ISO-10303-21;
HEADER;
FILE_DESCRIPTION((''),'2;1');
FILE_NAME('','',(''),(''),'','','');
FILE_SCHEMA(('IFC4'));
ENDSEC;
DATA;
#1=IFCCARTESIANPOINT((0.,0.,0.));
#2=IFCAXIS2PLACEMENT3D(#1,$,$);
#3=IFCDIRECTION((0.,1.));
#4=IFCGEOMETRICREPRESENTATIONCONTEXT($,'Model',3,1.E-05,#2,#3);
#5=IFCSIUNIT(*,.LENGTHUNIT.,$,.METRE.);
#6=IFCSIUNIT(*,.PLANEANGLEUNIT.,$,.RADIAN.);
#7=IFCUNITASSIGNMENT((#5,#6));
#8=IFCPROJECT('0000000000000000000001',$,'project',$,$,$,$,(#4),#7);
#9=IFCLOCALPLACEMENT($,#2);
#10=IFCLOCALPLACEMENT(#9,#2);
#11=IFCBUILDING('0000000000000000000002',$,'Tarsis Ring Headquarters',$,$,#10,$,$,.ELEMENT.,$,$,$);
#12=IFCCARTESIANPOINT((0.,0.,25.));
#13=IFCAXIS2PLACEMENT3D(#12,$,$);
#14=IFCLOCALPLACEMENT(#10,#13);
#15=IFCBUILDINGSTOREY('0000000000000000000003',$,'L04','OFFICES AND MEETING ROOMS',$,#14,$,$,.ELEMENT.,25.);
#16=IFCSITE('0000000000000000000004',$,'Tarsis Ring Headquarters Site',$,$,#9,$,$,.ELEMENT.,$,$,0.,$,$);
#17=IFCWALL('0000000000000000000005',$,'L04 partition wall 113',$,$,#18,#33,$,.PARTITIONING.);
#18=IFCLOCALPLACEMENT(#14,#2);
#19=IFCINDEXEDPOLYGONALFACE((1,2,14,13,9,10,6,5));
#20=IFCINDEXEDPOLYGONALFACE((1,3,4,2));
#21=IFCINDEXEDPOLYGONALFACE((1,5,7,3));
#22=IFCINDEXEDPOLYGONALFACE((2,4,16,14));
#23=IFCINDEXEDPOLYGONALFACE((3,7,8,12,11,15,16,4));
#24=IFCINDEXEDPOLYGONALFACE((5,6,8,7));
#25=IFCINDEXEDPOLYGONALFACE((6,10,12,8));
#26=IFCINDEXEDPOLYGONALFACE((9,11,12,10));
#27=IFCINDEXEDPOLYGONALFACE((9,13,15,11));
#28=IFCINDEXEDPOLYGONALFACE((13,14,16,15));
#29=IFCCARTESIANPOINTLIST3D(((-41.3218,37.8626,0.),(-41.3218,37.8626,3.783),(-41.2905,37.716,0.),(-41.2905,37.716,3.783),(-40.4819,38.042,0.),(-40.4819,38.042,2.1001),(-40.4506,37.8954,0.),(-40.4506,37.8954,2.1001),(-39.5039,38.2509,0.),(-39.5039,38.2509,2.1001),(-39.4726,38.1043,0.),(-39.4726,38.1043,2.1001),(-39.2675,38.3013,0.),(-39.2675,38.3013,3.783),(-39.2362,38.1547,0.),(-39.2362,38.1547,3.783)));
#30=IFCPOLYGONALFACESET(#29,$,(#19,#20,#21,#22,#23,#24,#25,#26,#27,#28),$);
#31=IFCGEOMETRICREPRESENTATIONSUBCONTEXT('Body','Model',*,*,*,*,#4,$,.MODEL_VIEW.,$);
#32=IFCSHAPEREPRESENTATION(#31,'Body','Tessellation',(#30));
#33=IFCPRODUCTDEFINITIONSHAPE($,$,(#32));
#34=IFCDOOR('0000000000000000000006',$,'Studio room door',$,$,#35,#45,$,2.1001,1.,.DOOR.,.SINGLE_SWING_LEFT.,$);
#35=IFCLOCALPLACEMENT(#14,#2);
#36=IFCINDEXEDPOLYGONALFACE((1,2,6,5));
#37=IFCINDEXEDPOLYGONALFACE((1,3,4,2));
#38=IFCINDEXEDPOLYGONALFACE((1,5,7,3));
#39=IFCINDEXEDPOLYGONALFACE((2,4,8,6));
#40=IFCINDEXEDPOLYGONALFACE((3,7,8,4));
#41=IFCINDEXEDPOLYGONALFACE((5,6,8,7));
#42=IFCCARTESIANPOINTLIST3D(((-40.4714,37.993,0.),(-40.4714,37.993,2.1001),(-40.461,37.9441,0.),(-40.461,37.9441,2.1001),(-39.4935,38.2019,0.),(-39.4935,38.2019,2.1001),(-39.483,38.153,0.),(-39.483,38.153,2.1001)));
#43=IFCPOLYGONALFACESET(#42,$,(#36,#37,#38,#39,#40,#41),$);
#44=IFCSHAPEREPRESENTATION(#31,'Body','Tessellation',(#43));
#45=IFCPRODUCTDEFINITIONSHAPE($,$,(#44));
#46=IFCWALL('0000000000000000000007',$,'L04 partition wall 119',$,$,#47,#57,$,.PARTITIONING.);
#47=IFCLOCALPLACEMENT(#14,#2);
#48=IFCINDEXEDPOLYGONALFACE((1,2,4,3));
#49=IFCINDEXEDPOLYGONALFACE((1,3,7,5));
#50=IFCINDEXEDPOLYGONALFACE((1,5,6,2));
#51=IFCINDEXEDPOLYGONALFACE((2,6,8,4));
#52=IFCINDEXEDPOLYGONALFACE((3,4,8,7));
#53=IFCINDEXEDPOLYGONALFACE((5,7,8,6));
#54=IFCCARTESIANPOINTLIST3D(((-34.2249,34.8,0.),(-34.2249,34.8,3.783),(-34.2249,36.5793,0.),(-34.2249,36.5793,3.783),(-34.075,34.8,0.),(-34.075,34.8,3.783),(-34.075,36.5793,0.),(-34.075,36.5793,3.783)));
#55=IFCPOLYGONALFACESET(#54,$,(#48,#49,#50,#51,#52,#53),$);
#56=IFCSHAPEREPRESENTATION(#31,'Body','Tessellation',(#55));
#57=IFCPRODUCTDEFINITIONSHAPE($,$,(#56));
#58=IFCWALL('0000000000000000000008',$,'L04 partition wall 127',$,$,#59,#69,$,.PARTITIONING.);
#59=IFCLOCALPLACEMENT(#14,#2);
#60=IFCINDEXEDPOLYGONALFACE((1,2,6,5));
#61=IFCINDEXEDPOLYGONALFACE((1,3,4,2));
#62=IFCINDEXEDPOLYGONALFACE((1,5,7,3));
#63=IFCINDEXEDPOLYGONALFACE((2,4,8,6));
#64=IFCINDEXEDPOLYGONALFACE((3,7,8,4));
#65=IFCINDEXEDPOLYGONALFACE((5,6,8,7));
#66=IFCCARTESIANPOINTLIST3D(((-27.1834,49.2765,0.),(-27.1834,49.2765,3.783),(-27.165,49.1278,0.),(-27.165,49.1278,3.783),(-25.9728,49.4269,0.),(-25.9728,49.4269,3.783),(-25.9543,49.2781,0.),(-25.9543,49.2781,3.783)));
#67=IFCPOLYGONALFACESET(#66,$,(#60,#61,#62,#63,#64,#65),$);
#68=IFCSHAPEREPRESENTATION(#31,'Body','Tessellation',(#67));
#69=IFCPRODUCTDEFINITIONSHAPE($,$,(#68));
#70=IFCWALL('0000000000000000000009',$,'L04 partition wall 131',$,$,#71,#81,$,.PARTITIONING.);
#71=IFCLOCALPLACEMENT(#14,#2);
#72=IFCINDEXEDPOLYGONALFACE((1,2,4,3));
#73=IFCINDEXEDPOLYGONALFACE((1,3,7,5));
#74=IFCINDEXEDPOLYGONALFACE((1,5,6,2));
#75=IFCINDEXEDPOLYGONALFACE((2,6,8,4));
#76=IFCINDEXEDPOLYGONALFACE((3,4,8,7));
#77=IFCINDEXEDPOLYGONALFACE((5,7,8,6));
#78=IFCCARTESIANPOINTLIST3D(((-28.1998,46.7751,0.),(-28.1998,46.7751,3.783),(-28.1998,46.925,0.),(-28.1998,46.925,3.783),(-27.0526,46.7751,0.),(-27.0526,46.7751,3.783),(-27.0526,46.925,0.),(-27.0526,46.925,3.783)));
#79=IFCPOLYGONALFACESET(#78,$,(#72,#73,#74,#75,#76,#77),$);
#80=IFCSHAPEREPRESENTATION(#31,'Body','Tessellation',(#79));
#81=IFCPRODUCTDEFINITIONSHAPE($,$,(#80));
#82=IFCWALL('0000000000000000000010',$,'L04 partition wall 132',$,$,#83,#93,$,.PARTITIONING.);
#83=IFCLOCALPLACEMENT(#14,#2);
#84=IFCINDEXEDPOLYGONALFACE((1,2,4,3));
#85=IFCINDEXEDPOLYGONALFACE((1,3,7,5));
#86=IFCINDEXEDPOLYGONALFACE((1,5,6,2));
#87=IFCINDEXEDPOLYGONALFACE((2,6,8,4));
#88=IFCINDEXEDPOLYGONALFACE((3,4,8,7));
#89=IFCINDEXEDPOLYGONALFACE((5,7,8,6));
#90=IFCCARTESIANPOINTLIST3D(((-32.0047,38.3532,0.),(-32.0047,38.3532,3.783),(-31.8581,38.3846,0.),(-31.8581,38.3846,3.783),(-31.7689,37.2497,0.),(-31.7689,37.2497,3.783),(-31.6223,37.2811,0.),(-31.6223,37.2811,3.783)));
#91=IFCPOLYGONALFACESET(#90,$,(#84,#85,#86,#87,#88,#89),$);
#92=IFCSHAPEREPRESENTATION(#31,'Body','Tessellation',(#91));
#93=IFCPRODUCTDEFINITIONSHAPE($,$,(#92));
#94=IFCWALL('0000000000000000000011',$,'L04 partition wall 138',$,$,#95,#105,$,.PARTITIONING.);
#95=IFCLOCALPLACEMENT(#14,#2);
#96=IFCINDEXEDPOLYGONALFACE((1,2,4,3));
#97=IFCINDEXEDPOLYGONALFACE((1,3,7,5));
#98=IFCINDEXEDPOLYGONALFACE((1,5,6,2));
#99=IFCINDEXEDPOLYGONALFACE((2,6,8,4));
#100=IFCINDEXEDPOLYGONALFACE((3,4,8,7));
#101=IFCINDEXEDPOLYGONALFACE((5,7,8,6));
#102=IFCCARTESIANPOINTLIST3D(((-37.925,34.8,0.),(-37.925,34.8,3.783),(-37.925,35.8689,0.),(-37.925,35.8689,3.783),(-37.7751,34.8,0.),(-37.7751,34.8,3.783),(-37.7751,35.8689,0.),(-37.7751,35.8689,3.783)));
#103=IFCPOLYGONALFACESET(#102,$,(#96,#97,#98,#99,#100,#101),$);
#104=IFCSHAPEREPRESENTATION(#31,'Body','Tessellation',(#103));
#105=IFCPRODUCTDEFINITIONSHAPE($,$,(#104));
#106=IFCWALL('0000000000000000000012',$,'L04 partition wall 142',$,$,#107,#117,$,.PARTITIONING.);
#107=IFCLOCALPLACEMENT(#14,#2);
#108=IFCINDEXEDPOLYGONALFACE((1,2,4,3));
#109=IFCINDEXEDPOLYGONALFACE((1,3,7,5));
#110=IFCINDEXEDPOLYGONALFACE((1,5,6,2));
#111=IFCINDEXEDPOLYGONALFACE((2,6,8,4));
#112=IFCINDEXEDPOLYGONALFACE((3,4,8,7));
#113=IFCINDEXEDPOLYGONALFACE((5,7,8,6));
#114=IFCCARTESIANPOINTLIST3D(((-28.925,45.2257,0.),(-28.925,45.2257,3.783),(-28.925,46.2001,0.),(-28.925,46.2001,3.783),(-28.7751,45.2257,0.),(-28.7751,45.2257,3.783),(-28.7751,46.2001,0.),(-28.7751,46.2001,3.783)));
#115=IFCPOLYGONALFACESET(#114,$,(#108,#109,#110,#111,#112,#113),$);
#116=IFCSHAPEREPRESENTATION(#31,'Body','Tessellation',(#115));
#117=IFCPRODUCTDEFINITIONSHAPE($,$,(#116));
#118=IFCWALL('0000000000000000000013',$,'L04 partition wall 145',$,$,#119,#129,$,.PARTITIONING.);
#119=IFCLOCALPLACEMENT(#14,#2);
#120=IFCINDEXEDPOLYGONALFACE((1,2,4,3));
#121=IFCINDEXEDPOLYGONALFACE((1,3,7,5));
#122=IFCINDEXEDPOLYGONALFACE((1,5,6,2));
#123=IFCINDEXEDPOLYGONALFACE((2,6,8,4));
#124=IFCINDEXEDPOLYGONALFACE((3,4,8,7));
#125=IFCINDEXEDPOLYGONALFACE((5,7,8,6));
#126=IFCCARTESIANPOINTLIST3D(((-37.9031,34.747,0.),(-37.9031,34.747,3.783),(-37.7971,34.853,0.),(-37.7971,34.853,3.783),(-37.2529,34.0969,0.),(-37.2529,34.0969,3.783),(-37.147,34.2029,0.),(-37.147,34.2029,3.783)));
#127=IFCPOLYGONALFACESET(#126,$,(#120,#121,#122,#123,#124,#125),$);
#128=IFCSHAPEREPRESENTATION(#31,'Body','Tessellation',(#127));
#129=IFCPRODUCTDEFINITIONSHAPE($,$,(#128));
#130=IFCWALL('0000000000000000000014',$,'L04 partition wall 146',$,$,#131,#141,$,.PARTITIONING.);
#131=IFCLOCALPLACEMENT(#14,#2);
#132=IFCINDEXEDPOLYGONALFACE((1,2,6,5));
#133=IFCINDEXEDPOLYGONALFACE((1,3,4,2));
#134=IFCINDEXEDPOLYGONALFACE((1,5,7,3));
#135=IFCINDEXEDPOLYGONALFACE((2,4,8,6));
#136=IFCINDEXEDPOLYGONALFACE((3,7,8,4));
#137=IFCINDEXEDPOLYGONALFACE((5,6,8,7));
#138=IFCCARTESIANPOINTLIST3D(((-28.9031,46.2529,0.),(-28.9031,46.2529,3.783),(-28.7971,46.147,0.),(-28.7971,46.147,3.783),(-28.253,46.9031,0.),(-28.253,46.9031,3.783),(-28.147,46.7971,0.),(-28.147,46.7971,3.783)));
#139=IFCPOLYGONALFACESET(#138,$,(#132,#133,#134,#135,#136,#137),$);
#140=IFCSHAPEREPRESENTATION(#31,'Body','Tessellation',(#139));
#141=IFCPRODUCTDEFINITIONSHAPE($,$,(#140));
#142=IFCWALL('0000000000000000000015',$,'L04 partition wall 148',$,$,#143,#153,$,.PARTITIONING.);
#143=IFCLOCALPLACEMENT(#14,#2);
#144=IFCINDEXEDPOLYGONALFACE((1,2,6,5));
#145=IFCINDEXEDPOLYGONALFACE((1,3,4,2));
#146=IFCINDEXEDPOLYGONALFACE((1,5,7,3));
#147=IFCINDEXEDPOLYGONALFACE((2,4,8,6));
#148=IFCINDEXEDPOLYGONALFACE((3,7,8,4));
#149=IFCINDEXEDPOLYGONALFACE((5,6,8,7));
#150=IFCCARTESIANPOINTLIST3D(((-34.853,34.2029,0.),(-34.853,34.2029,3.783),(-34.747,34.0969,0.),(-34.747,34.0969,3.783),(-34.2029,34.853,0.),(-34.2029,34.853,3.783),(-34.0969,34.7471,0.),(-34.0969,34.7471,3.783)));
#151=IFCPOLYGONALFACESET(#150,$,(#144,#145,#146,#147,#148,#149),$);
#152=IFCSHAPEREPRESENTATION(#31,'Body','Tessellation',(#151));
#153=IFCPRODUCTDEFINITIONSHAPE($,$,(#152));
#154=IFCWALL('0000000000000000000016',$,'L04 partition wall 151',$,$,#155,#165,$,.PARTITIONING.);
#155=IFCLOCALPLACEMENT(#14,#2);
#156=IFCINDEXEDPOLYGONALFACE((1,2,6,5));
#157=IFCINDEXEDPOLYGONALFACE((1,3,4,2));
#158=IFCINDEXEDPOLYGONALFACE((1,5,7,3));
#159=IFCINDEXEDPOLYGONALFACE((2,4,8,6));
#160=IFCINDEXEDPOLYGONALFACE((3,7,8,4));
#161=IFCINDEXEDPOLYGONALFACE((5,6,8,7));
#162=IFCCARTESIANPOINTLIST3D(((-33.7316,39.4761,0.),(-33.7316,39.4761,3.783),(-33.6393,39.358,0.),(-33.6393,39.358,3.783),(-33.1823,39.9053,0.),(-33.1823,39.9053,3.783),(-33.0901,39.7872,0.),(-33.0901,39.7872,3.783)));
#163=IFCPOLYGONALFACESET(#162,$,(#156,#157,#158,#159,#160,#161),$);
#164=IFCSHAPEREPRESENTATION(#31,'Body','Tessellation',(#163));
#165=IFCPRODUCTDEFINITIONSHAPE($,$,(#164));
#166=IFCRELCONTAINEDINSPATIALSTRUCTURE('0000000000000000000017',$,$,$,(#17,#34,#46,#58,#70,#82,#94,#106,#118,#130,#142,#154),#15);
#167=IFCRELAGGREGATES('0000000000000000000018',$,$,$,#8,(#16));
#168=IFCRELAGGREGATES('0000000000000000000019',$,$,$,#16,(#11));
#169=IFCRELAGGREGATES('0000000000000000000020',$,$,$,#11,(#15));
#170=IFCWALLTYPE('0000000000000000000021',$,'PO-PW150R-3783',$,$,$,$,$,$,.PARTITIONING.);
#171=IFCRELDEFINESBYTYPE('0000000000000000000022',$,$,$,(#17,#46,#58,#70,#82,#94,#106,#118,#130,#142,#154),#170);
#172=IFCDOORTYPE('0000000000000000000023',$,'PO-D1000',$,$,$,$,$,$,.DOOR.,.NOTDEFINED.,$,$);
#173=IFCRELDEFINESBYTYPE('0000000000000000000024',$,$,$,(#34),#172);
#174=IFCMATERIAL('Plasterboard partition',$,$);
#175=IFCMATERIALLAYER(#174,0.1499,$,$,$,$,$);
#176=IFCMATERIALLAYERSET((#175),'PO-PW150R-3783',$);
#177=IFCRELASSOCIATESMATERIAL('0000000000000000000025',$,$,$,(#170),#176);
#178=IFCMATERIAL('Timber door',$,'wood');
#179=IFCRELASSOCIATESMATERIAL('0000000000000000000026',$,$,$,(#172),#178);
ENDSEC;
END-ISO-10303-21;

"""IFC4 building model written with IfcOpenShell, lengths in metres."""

from ifc_helpers import new_model, si_unit, direction, frame, frame_2d, origin, place, context, subcontext, project, spatial, rectangle, extrude, material, layer, layer_set, type_object, element, fill, save


model = new_model("IFC4")

# Units and contexts
model_context = context("Model", 3, precision=1e-05, world=origin(), true_north=direction((0.0, 1.0)))
body_context = subcontext(model_context, "Body", "Model", "MODEL_VIEW")
ifc_project = project(units=[si_unit("LENGTHUNIT", "METRE"), si_unit("PLANEANGLEUNIT", "RADIAN")], contexts=[model_context])

# Site, building, storey
site_placement = place(None, origin())
site = spatial("IfcSite", under=ifc_project, at=site_placement, Name="Tarsis Ring Headquarters Site", CompositionType="ELEMENT", RefElevation=0.0)
building_placement = place(site_placement, origin())
building = spatial("IfcBuilding", under=site, at=building_placement, Name="Tarsis Ring Headquarters", CompositionType="ELEMENT")
storey_placement = place(building_placement, frame((0.0, 0.0, 25.0)))
storey = spatial("IfcBuildingStorey", under=building, at=storey_placement, Name="L04", Description="OFFICES AND MEETING ROOMS", CompositionType="ELEMENT", Elevation=25.0)

# Shared definitions
ifc_material_1 = material(Name="Plasterboard partition")

# Shared definitions
ifc_material_2 = material(Name="Timber door", Category="wood")

# Shared definitions
ifc_layer_1 = layer(ifc_material_1, 0.1499)
ifc_layer_set_1 = layer_set([ifc_layer_1], Name="PO-PW150R-3783")
wall_type_1 = type_object("IfcWallType", Name="PO-PW150R-3783", PredefinedType="PARTITIONING", material=ifc_layer_set_1)

# Wall, opening, door
wall_1_placement = place(storey_placement, frame((-41.3062, 37.7893, 0.0), z_axis=(0.0, 0.0, 1.0), x_axis=(0.977945, 0.208862, 0.0)))
wall_1 = element("IfcWall", 1, at=wall_1_placement, inside=storey, type_object=wall_type_1, Name="L04 partition wall 113", PredefinedType="PARTITIONING", context=body_context, shape_type="SweptSolid", body=[
    extrude(rectangle(XDim=2.1006, YDim=0.1499, at=frame_2d((1.0503, 0.0))), origin(), (0.0, 0.0, 1.0), 3.783),
])
opening_1_placement = place(wall_1_placement, frame((0.8589, 0.0, 0.0)))
opening_1 = element("IfcOpeningElement", 2, at=opening_1_placement, cuts=wall_1, PredefinedType="OPENING", context=body_context, shape_type="SweptSolid", body=[
    extrude(rectangle(XDim=1.0, YDim=2.1001, at=frame_2d((0.5, 1.05))), frame((0.0, 0.085, 0.0), z_axis=(0.0, -1.0, 0.0), x_axis=(1.0, 0.0, 0.0)), (0.0, 0.0, 1.0), 0.1699),
])
door_type_1 = type_object("IfcDoorType", Name="PO-D1000", OperationType="NOTDEFINED", PredefinedType="DOOR", material=ifc_material_2)
door_1_placement = place(opening_1_placement, origin())
door_1 = element("IfcDoor", 3, at=door_1_placement, inside=storey, type_object=door_type_1, Name="Studio room door", OperationType="SINGLE_SWING_LEFT", OverallHeight=2.1001, OverallWidth=1.0, PredefinedType="DOOR", context=body_context, shape_type="SweptSolid", body=[
    extrude(rectangle(XDim=1.0, YDim=2.1001, at=frame_2d((0.5, 1.05))), frame((0.0, 0.0249, 0.0), z_axis=(0.0, -1.0, 0.0), x_axis=(1.0, 0.0, 0.0)), (0.0, 0.0, 1.0), 0.05),
])
fill(opening_1, door_1)

# Walls
wall_2_placement = place(storey_placement, frame((-34.1499, 36.5793, 0.0), z_axis=(0.0, 0.0, 1.0), x_axis=(0.0, -1.0, 0.0)))
element("IfcWall", 4, at=wall_2_placement, inside=storey, type_object=wall_type_1, Name="L04 partition wall 119", PredefinedType="PARTITIONING", context=body_context, shape_type="SweptSolid", body=[
    extrude(rectangle(XDim=1.7793, YDim=0.1499, at=frame_2d((0.8896, 0.0))), origin(), (0.0, 0.0, 1.0), 3.783),
])
wall_3_placement = place(storey_placement, frame((-27.1741, 49.2021, 0.0), z_axis=(0.0, 0.0, 1.0), x_axis=(0.992373, 0.123271, 0.0)))
element("IfcWall", 5, at=wall_3_placement, inside=storey, type_object=wall_type_1, Name="L04 partition wall 127", PredefinedType="PARTITIONING", context=body_context, shape_type="SweptSolid", body=[
    extrude(rectangle(XDim=1.22, YDim=0.1499, at=frame_2d((0.6099, 0.0))), origin(), (0.0, 0.0, 1.0), 3.783),
])
wall_4_placement = place(storey_placement, frame((-28.2, 46.8501, 0.0), z_axis=(0.0, 0.0, 1.0), x_axis=(1.0, 0.0, 0.0)))
element("IfcWall", 6, at=wall_4_placement, inside=storey, type_object=wall_type_1, Name="L04 partition wall 131", PredefinedType="PARTITIONING", context=body_context, shape_type="SweptSolid", body=[
    extrude(rectangle(XDim=1.1472, YDim=0.1499, at=frame_2d((0.5737, 0.0))), origin(), (0.0, 0.0, 1.0), 3.783),
])
wall_5_placement = place(storey_placement, frame((-31.9314, 38.3689, 0.0), z_axis=(0.0, 0.0, 1.0), x_axis=(0.208997, -0.977916, 0.0)))
element("IfcWall", 7, at=wall_5_placement, inside=storey, type_object=wall_type_1, Name="L04 partition wall 132", PredefinedType="PARTITIONING", context=body_context, shape_type="SweptSolid", body=[
    extrude(rectangle(XDim=1.1284, YDim=0.1499, at=frame_2d((0.5642, 0.0))), origin(), (0.0, 0.0, 1.0), 3.783),
])
wall_6_placement = place(storey_placement, frame((-37.8501, 34.8, 0.0), z_axis=(0.0, 0.0, 1.0), x_axis=(0.0, 1.0, 0.0)))
element("IfcWall", 8, at=wall_6_placement, inside=storey, type_object=wall_type_1, Name="L04 partition wall 138", PredefinedType="PARTITIONING", context=body_context, shape_type="SweptSolid", body=[
    extrude(rectangle(XDim=1.0688, YDim=0.1499, at=frame_2d((0.5344, 0.0))), origin(), (0.0, 0.0, 1.0), 3.783),
])
wall_7_placement = place(storey_placement, frame((-28.8501, 45.2256, 0.0), z_axis=(0.0, 0.0, 1.0), x_axis=(0.0, 1.0, 0.0)))
element("IfcWall", 9, at=wall_7_placement, inside=storey, type_object=wall_type_1, Name="L04 partition wall 142", PredefinedType="PARTITIONING", context=body_context, shape_type="SweptSolid", body=[
    extrude(rectangle(XDim=0.9744, YDim=0.1499, at=frame_2d((0.4873, 0.0))), origin(), (0.0, 0.0, 1.0), 3.783),
])
for number, where, z_axis, x_axis, name in (
    (10, (-37.2, 34.1499, 0.0), (0.0, 0.0, 1.0), (-0.707107, 0.707107, 0.0), "L04 partition wall 145"),
    (11, (-28.8501, 46.2, 0.0), (0.0, 0.0, 1.0), (0.707107, 0.707107, 0.0), "L04 partition wall 146"),
    (12, (-34.1499, 34.8, 0.0), (0.0, 0.0, 1.0), (-0.707107, -0.707107, 0.0), "L04 partition wall 148"),
):
    element("IfcWall", number, at=place(storey_placement, frame(where, z_axis=z_axis, x_axis=x_axis)), inside=storey, type_object=wall_type_1, Name=name, PredefinedType="PARTITIONING", context=body_context, shape_type="SweptSolid", body=[
        extrude(rectangle(XDim=0.9194, YDim=0.1499, at=frame_2d((0.4597, 0.0))), origin(), (0.0, 0.0, 1.0), 3.783),
    ])
wall_8_placement = place(storey_placement, frame((-33.6855, 39.417, 0.0), z_axis=(0.0, 0.0, 1.0), x_axis=(0.787993, 0.615685, 0.0)))
element("IfcWall", 13, at=wall_8_placement, inside=storey, type_object=wall_type_1, Name="L04 partition wall 151", PredefinedType="PARTITIONING", context=body_context, shape_type="SweptSolid", body=[
    extrude(rectangle(XDim=0.697, YDim=0.1499, at=frame_2d((0.3486, 0.0))), origin(), (0.0, 0.0, 1.0), 3.783),
])

save(model, "model.ifc")
